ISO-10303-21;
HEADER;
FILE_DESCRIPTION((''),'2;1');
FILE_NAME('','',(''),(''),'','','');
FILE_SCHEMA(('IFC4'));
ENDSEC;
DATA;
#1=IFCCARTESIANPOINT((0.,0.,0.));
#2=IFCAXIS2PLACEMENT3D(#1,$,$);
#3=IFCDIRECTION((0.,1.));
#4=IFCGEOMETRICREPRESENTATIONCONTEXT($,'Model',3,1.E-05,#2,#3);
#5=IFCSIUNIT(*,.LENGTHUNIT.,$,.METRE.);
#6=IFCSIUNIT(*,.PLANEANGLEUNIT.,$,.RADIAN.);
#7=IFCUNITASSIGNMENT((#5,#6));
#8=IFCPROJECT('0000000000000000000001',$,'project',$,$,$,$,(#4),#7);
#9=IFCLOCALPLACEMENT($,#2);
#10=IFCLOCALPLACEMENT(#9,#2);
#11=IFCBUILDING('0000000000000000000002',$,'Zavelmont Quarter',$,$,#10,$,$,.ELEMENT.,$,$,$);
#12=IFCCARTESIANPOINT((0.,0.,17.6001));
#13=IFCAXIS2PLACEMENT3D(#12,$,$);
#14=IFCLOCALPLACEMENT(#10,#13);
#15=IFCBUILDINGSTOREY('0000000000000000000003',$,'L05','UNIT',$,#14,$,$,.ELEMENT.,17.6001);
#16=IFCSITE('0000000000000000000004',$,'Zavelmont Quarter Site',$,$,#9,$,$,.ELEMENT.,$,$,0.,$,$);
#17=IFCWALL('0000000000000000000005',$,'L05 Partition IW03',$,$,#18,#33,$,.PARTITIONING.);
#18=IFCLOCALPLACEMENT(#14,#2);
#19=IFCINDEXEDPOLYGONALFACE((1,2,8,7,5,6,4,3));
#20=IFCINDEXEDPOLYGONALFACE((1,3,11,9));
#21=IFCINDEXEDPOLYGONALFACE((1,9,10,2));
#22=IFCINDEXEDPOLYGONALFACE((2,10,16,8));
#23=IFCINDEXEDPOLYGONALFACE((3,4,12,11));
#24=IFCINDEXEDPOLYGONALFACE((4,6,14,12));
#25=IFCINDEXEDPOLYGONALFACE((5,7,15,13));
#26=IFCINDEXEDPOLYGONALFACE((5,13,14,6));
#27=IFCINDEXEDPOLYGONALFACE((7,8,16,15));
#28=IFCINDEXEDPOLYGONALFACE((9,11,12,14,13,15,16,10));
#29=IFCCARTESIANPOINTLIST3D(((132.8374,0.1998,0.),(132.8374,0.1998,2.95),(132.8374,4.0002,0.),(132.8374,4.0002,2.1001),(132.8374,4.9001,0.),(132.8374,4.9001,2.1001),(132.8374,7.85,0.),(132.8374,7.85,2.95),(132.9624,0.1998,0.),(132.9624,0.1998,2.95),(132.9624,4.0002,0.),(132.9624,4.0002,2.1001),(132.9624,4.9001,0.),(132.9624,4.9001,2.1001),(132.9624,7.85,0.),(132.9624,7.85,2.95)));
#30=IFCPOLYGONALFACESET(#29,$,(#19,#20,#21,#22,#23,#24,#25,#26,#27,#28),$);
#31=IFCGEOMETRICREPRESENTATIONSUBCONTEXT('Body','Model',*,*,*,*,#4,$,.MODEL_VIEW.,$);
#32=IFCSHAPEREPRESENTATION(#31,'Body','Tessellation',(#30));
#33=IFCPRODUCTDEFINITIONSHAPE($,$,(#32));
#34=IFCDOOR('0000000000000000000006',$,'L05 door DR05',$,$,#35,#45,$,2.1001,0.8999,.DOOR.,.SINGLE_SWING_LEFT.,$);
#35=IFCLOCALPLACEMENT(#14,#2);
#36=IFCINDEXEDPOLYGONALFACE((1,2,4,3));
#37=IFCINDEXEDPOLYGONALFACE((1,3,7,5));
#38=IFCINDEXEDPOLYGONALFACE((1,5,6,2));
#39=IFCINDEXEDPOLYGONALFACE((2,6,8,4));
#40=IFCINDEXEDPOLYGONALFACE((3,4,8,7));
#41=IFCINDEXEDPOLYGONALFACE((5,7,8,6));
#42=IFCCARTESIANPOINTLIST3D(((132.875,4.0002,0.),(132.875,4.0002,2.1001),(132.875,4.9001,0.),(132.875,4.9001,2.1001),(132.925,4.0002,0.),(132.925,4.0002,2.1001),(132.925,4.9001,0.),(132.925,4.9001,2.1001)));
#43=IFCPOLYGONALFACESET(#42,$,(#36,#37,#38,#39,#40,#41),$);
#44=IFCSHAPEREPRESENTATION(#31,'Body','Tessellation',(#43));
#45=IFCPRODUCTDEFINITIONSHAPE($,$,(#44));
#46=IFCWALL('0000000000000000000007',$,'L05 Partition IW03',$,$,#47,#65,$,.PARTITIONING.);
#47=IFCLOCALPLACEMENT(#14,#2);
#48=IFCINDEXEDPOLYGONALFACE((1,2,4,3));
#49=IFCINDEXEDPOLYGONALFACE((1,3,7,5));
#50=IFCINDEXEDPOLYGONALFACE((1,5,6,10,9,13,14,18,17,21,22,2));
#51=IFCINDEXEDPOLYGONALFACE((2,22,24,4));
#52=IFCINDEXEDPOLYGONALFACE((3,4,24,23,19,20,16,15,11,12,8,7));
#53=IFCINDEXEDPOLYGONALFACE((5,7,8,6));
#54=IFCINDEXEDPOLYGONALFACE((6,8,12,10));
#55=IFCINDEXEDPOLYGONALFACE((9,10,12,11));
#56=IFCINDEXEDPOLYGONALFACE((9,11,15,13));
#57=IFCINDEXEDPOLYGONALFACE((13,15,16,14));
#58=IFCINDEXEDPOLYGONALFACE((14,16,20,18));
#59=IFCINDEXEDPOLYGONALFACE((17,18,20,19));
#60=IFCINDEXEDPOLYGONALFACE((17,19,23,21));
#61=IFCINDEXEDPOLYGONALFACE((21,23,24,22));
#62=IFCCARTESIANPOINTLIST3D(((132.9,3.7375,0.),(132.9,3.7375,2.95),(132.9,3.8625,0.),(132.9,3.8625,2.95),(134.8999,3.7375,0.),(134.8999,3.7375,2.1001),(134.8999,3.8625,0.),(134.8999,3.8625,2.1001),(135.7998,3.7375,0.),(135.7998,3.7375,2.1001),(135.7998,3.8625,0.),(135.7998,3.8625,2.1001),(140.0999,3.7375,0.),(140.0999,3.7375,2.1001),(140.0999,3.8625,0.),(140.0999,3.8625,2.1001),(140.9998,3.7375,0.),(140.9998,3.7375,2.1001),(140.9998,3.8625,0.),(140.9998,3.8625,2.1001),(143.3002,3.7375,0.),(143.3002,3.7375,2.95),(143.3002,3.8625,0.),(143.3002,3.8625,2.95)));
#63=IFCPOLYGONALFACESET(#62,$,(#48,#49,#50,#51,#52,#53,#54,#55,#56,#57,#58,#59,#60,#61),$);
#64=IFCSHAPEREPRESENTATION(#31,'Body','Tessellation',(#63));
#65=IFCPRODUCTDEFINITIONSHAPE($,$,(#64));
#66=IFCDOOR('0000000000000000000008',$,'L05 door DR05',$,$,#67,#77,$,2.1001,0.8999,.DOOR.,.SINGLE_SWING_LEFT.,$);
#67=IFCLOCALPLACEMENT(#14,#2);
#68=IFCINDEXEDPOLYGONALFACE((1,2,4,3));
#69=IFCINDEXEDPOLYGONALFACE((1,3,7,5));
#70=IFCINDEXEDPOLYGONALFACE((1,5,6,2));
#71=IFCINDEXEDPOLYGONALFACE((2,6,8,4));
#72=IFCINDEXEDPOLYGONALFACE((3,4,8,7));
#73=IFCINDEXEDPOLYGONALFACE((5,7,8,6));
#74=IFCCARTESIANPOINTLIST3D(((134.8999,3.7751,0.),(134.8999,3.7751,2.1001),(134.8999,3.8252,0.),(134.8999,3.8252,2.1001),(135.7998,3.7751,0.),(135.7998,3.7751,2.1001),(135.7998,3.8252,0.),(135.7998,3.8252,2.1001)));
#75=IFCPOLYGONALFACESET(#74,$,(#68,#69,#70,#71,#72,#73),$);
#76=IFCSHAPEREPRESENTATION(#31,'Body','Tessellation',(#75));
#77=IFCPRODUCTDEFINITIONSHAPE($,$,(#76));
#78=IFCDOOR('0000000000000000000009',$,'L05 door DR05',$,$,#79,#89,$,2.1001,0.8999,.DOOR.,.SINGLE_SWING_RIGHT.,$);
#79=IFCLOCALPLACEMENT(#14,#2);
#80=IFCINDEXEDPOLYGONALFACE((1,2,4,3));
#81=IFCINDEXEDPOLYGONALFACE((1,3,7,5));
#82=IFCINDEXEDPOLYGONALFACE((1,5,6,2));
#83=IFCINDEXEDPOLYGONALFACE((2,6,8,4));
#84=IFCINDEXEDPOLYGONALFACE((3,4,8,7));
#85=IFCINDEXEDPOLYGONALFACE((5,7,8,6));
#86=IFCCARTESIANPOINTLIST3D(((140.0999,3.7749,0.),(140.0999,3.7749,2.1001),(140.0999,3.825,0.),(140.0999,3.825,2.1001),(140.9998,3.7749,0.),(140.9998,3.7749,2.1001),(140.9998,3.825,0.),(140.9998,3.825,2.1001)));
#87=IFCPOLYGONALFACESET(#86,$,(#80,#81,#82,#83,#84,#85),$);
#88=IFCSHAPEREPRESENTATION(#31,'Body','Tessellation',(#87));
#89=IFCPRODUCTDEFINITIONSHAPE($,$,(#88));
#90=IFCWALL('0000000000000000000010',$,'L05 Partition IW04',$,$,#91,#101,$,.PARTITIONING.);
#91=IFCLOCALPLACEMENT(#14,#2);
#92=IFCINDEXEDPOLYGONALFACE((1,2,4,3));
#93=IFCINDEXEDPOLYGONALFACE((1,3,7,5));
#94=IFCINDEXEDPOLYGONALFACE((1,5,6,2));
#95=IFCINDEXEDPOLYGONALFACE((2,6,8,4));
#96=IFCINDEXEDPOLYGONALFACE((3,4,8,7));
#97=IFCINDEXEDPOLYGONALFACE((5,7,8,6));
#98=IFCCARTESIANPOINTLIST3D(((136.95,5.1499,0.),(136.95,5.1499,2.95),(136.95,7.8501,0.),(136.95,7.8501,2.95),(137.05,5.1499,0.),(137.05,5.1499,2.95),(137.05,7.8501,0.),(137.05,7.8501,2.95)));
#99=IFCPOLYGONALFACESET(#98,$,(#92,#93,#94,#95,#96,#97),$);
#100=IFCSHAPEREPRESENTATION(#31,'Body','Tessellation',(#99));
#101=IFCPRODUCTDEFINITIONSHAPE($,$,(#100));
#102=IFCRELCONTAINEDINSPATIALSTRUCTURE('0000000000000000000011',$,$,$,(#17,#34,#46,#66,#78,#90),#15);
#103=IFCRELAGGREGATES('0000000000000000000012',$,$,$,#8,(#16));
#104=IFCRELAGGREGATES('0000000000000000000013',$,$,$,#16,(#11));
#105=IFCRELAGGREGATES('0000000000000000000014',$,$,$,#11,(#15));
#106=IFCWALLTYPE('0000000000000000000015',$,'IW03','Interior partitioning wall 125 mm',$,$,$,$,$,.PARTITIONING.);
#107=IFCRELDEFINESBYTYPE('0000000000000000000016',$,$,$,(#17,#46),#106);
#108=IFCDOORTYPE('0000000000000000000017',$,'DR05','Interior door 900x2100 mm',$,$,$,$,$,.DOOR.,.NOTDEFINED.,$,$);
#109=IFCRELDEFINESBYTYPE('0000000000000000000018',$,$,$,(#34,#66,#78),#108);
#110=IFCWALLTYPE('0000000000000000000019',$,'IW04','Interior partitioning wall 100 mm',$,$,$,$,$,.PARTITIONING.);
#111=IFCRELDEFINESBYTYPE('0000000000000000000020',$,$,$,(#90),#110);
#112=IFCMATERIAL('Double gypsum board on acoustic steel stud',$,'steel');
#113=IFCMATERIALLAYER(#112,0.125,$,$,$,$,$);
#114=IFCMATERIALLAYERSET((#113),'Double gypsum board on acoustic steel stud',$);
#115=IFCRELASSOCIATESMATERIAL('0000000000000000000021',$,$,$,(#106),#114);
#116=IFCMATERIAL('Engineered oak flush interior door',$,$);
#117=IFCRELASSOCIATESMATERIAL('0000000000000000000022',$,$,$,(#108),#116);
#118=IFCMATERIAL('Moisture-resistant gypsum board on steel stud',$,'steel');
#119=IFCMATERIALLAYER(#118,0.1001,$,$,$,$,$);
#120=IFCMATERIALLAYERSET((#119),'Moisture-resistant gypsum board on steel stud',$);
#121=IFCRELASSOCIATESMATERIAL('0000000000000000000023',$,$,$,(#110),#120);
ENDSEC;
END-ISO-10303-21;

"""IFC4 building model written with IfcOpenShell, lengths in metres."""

from ifc_helpers import new_model, si_unit, direction, frame, frame_2d, origin, origin_with_axes, place, context, subcontext, project, spatial, rectangle, extrude, material, layer, layer_set, type_object, element, fill, save


model = new_model("IFC4")

# Units and contexts
model_context = context("Model", 3, precision=1e-05, world=origin(), true_north=direction((0.0, 1.0)))
body_context = subcontext(model_context, "Body", "Model", "MODEL_VIEW")
ifc_project = project(units=[si_unit("LENGTHUNIT", "METRE"), si_unit("PLANEANGLEUNIT", "RADIAN")], contexts=[model_context])

# Site, building, storey
site_placement = place(None, origin())
site = spatial("IfcSite", under=ifc_project, at=site_placement, Name="Zavelmont Quarter Site", CompositionType="ELEMENT", RefElevation=0.0)
building_placement = place(site_placement, origin())
building = spatial("IfcBuilding", under=site, at=building_placement, Name="Zavelmont Quarter", CompositionType="ELEMENT")
storey_placement = place(building_placement, frame((0.0, 0.0, 17.6001)))
storey = spatial("IfcBuildingStorey", under=building, at=storey_placement, Name="L05", Description="UNIT", CompositionType="ELEMENT", Elevation=17.6001)

# Wall, opening, door
ifc_material_1 = material(Name="Double gypsum board on acoustic steel stud", Category="steel")
ifc_layer_1 = layer(ifc_material_1, 0.125)
ifc_layer_set_1 = layer_set([ifc_layer_1], Name="Double gypsum board on acoustic steel stud")
wall_type_1 = type_object("IfcWallType", Name="IW03", Description="Interior partitioning wall 125 mm", PredefinedType="PARTITIONING", material=ifc_layer_set_1)
wall_1_placement = place(storey_placement, frame((132.8999, 7.8501, 0.0), z_axis=(0.0, 0.0, 1.0), x_axis=(0.0, -1.0, 0.0)))
wall_1 = element("IfcWall", 1, at=wall_1_placement, inside=storey, type_object=wall_type_1, Name="L05 Partition IW03", PredefinedType="PARTITIONING", context=body_context, shape_type="SweptSolid", body=[
    extrude(rectangle(XDim=7.6501, YDim=0.125, at=frame_2d((3.8252, 0.0))), origin(), (0.0, 0.0, 1.0), 2.95),
])
opening_1_placement = place(wall_1_placement, frame((2.95, 0.0, 0.0)))
opening_1 = element("IfcOpeningElement", 2, at=opening_1_placement, cuts=wall_1, PredefinedType="OPENING", context=body_context, shape_type="SweptSolid", body=[
    extrude(rectangle(XDim=0.8999, YDim=2.1001, at=frame_2d((0.45, 1.05))), frame((0.0, 0.0745, 0.0), z_axis=(0.0, -1.0, 0.0), x_axis=(1.0, 0.0, 0.0)), (0.0, 0.0, 1.0), 0.1489),
])
ifc_material_2 = material(Name="Engineered oak flush interior door")
door_type_1 = type_object("IfcDoorType", Name="DR05", Description="Interior door 900x2100 mm", OperationType="NOTDEFINED", PredefinedType="DOOR", material=ifc_material_2)
door_1_placement = place(opening_1_placement, frame((0.8999, 0.0, 0.0), z_axis=(0.0, 0.0, 1.0), x_axis=(-1.0, 0.0, 0.0)))
door_1 = element("IfcDoor", 3, at=door_1_placement, inside=storey, type_object=door_type_1, Name="L05 door DR05", OperationType="SINGLE_SWING_LEFT", OverallHeight=2.1001, OverallWidth=0.8999, PredefinedType="DOOR", context=body_context, shape_type="SweptSolid", body=[
    extrude(rectangle(XDim=0.8999, YDim=2.1001, at=frame_2d((0.45, 1.05))), frame((0.0, 0.0249, 0.0), z_axis=(0.0, -1.0, 0.0), x_axis=(1.0, 0.0, 0.0)), (0.0, 0.0, 1.0), 0.05),
])
fill(opening_1, door_1)

# Wall, openings, doors
wall_2_placement = place(storey_placement, frame((132.8999, 3.8, 0.0), z_axis=(0.0, 0.0, 1.0), x_axis=(1.0, 0.0, 0.0)))
wall_2 = element("IfcWall", 4, at=wall_2_placement, inside=storey, type_object=wall_type_1, Name="L05 Partition IW03", PredefinedType="PARTITIONING", context=body_context, shape_type="SweptSolid", body=[
    extrude(rectangle(XDim=10.4001, YDim=0.125, at=frame_2d((5.2002, 0.0))), origin(), (0.0, 0.0, 1.0), 2.95),
])
opening_2_placement = place(wall_2_placement, frame((2.0, 0.0, 0.0)))
opening_2 = element("IfcOpeningElement", 5, at=opening_2_placement, cuts=wall_2, PredefinedType="OPENING", context=body_context, shape_type="SweptSolid", body=[
    extrude(rectangle(XDim=0.8999, YDim=2.1001, at=frame_2d((0.45, 1.05))), frame((0.0, 0.0745, 0.0), z_axis=(0.0, -1.0, 0.0), x_axis=(1.0, 0.0, 0.0)), (0.0, 0.0, 1.0), 0.1489),
])
opening_3_placement = place(wall_2_placement, frame((7.2, 0.0, 0.0)))
opening_3 = element("IfcOpeningElement", 6, at=opening_3_placement, cuts=wall_2, PredefinedType="OPENING", context=body_context, shape_type="SweptSolid", body=[
    extrude(rectangle(XDim=0.8999, YDim=2.1001, at=frame_2d((0.45, 1.05))), frame((0.0, 0.0745, 0.0), z_axis=(0.0, -1.0, 0.0), x_axis=(1.0, 0.0, 0.0)), (0.0, 0.0, 1.0), 0.1489),
])
door_2_placement = place(opening_2_placement, frame((0.8999, 0.0, 0.0), z_axis=(0.0, 0.0, 1.0), x_axis=(-1.0, 0.0, 0.0)))
door_2 = element("IfcDoor", 7, at=door_2_placement, inside=storey, type_object=door_type_1, Name="L05 door DR05", OperationType="SINGLE_SWING_LEFT", OverallHeight=2.1001, OverallWidth=0.8999, PredefinedType="DOOR", context=body_context, shape_type="SweptSolid", body=[
    extrude(rectangle(XDim=0.8999, YDim=2.1001, at=frame_2d((0.45, 1.05))), frame((0.0, 0.0249, 0.0), z_axis=(0.0, -1.0, 0.0), x_axis=(1.0, 0.0, 0.0)), (0.0, 0.0, 1.0), 0.05),
])
fill(opening_2, door_2)
door_3_placement = place(opening_3_placement, origin_with_axes())
door_3 = element("IfcDoor", 8, at=door_3_placement, inside=storey, type_object=door_type_1, Name="L05 door DR05", OperationType="SINGLE_SWING_RIGHT", OverallHeight=2.1001, OverallWidth=0.8999, PredefinedType="DOOR", context=body_context, shape_type="SweptSolid", body=[
    extrude(rectangle(XDim=0.8999, YDim=2.1001, at=frame_2d((0.45, 1.05))), frame((0.0, 0.0249, 0.0), z_axis=(0.0, -1.0, 0.0), x_axis=(1.0, 0.0, 0.0)), (0.0, 0.0, 1.0), 0.05),
])
fill(opening_3, door_3)

# Wall
ifc_material_3 = material(Name="Moisture-resistant gypsum board on steel stud", Category="steel")
ifc_layer_2 = layer(ifc_material_3, 0.1001)
ifc_layer_set_2 = layer_set([ifc_layer_2], Name="Moisture-resistant gypsum board on steel stud")
wall_type_2 = type_object("IfcWallType", Name="IW04", Description="Interior partitioning wall 100 mm", PredefinedType="PARTITIONING", material=ifc_layer_set_2)
wall_3_placement = place(storey_placement, frame((137.0, 7.8501, 0.0), z_axis=(0.0, 0.0, 1.0), x_axis=(0.0, -1.0, 0.0)))
element("IfcWall", 9, at=wall_3_placement, inside=storey, type_object=wall_type_2, Name="L05 Partition IW04", PredefinedType="PARTITIONING", context=body_context, shape_type="SweptSolid", body=[
    extrude(rectangle(XDim=2.7002, YDim=0.1001, at=frame_2d((1.3501, 0.0))), origin(), (0.0, 0.0, 1.0), 2.95),
])

save(model, "model.ifc")
